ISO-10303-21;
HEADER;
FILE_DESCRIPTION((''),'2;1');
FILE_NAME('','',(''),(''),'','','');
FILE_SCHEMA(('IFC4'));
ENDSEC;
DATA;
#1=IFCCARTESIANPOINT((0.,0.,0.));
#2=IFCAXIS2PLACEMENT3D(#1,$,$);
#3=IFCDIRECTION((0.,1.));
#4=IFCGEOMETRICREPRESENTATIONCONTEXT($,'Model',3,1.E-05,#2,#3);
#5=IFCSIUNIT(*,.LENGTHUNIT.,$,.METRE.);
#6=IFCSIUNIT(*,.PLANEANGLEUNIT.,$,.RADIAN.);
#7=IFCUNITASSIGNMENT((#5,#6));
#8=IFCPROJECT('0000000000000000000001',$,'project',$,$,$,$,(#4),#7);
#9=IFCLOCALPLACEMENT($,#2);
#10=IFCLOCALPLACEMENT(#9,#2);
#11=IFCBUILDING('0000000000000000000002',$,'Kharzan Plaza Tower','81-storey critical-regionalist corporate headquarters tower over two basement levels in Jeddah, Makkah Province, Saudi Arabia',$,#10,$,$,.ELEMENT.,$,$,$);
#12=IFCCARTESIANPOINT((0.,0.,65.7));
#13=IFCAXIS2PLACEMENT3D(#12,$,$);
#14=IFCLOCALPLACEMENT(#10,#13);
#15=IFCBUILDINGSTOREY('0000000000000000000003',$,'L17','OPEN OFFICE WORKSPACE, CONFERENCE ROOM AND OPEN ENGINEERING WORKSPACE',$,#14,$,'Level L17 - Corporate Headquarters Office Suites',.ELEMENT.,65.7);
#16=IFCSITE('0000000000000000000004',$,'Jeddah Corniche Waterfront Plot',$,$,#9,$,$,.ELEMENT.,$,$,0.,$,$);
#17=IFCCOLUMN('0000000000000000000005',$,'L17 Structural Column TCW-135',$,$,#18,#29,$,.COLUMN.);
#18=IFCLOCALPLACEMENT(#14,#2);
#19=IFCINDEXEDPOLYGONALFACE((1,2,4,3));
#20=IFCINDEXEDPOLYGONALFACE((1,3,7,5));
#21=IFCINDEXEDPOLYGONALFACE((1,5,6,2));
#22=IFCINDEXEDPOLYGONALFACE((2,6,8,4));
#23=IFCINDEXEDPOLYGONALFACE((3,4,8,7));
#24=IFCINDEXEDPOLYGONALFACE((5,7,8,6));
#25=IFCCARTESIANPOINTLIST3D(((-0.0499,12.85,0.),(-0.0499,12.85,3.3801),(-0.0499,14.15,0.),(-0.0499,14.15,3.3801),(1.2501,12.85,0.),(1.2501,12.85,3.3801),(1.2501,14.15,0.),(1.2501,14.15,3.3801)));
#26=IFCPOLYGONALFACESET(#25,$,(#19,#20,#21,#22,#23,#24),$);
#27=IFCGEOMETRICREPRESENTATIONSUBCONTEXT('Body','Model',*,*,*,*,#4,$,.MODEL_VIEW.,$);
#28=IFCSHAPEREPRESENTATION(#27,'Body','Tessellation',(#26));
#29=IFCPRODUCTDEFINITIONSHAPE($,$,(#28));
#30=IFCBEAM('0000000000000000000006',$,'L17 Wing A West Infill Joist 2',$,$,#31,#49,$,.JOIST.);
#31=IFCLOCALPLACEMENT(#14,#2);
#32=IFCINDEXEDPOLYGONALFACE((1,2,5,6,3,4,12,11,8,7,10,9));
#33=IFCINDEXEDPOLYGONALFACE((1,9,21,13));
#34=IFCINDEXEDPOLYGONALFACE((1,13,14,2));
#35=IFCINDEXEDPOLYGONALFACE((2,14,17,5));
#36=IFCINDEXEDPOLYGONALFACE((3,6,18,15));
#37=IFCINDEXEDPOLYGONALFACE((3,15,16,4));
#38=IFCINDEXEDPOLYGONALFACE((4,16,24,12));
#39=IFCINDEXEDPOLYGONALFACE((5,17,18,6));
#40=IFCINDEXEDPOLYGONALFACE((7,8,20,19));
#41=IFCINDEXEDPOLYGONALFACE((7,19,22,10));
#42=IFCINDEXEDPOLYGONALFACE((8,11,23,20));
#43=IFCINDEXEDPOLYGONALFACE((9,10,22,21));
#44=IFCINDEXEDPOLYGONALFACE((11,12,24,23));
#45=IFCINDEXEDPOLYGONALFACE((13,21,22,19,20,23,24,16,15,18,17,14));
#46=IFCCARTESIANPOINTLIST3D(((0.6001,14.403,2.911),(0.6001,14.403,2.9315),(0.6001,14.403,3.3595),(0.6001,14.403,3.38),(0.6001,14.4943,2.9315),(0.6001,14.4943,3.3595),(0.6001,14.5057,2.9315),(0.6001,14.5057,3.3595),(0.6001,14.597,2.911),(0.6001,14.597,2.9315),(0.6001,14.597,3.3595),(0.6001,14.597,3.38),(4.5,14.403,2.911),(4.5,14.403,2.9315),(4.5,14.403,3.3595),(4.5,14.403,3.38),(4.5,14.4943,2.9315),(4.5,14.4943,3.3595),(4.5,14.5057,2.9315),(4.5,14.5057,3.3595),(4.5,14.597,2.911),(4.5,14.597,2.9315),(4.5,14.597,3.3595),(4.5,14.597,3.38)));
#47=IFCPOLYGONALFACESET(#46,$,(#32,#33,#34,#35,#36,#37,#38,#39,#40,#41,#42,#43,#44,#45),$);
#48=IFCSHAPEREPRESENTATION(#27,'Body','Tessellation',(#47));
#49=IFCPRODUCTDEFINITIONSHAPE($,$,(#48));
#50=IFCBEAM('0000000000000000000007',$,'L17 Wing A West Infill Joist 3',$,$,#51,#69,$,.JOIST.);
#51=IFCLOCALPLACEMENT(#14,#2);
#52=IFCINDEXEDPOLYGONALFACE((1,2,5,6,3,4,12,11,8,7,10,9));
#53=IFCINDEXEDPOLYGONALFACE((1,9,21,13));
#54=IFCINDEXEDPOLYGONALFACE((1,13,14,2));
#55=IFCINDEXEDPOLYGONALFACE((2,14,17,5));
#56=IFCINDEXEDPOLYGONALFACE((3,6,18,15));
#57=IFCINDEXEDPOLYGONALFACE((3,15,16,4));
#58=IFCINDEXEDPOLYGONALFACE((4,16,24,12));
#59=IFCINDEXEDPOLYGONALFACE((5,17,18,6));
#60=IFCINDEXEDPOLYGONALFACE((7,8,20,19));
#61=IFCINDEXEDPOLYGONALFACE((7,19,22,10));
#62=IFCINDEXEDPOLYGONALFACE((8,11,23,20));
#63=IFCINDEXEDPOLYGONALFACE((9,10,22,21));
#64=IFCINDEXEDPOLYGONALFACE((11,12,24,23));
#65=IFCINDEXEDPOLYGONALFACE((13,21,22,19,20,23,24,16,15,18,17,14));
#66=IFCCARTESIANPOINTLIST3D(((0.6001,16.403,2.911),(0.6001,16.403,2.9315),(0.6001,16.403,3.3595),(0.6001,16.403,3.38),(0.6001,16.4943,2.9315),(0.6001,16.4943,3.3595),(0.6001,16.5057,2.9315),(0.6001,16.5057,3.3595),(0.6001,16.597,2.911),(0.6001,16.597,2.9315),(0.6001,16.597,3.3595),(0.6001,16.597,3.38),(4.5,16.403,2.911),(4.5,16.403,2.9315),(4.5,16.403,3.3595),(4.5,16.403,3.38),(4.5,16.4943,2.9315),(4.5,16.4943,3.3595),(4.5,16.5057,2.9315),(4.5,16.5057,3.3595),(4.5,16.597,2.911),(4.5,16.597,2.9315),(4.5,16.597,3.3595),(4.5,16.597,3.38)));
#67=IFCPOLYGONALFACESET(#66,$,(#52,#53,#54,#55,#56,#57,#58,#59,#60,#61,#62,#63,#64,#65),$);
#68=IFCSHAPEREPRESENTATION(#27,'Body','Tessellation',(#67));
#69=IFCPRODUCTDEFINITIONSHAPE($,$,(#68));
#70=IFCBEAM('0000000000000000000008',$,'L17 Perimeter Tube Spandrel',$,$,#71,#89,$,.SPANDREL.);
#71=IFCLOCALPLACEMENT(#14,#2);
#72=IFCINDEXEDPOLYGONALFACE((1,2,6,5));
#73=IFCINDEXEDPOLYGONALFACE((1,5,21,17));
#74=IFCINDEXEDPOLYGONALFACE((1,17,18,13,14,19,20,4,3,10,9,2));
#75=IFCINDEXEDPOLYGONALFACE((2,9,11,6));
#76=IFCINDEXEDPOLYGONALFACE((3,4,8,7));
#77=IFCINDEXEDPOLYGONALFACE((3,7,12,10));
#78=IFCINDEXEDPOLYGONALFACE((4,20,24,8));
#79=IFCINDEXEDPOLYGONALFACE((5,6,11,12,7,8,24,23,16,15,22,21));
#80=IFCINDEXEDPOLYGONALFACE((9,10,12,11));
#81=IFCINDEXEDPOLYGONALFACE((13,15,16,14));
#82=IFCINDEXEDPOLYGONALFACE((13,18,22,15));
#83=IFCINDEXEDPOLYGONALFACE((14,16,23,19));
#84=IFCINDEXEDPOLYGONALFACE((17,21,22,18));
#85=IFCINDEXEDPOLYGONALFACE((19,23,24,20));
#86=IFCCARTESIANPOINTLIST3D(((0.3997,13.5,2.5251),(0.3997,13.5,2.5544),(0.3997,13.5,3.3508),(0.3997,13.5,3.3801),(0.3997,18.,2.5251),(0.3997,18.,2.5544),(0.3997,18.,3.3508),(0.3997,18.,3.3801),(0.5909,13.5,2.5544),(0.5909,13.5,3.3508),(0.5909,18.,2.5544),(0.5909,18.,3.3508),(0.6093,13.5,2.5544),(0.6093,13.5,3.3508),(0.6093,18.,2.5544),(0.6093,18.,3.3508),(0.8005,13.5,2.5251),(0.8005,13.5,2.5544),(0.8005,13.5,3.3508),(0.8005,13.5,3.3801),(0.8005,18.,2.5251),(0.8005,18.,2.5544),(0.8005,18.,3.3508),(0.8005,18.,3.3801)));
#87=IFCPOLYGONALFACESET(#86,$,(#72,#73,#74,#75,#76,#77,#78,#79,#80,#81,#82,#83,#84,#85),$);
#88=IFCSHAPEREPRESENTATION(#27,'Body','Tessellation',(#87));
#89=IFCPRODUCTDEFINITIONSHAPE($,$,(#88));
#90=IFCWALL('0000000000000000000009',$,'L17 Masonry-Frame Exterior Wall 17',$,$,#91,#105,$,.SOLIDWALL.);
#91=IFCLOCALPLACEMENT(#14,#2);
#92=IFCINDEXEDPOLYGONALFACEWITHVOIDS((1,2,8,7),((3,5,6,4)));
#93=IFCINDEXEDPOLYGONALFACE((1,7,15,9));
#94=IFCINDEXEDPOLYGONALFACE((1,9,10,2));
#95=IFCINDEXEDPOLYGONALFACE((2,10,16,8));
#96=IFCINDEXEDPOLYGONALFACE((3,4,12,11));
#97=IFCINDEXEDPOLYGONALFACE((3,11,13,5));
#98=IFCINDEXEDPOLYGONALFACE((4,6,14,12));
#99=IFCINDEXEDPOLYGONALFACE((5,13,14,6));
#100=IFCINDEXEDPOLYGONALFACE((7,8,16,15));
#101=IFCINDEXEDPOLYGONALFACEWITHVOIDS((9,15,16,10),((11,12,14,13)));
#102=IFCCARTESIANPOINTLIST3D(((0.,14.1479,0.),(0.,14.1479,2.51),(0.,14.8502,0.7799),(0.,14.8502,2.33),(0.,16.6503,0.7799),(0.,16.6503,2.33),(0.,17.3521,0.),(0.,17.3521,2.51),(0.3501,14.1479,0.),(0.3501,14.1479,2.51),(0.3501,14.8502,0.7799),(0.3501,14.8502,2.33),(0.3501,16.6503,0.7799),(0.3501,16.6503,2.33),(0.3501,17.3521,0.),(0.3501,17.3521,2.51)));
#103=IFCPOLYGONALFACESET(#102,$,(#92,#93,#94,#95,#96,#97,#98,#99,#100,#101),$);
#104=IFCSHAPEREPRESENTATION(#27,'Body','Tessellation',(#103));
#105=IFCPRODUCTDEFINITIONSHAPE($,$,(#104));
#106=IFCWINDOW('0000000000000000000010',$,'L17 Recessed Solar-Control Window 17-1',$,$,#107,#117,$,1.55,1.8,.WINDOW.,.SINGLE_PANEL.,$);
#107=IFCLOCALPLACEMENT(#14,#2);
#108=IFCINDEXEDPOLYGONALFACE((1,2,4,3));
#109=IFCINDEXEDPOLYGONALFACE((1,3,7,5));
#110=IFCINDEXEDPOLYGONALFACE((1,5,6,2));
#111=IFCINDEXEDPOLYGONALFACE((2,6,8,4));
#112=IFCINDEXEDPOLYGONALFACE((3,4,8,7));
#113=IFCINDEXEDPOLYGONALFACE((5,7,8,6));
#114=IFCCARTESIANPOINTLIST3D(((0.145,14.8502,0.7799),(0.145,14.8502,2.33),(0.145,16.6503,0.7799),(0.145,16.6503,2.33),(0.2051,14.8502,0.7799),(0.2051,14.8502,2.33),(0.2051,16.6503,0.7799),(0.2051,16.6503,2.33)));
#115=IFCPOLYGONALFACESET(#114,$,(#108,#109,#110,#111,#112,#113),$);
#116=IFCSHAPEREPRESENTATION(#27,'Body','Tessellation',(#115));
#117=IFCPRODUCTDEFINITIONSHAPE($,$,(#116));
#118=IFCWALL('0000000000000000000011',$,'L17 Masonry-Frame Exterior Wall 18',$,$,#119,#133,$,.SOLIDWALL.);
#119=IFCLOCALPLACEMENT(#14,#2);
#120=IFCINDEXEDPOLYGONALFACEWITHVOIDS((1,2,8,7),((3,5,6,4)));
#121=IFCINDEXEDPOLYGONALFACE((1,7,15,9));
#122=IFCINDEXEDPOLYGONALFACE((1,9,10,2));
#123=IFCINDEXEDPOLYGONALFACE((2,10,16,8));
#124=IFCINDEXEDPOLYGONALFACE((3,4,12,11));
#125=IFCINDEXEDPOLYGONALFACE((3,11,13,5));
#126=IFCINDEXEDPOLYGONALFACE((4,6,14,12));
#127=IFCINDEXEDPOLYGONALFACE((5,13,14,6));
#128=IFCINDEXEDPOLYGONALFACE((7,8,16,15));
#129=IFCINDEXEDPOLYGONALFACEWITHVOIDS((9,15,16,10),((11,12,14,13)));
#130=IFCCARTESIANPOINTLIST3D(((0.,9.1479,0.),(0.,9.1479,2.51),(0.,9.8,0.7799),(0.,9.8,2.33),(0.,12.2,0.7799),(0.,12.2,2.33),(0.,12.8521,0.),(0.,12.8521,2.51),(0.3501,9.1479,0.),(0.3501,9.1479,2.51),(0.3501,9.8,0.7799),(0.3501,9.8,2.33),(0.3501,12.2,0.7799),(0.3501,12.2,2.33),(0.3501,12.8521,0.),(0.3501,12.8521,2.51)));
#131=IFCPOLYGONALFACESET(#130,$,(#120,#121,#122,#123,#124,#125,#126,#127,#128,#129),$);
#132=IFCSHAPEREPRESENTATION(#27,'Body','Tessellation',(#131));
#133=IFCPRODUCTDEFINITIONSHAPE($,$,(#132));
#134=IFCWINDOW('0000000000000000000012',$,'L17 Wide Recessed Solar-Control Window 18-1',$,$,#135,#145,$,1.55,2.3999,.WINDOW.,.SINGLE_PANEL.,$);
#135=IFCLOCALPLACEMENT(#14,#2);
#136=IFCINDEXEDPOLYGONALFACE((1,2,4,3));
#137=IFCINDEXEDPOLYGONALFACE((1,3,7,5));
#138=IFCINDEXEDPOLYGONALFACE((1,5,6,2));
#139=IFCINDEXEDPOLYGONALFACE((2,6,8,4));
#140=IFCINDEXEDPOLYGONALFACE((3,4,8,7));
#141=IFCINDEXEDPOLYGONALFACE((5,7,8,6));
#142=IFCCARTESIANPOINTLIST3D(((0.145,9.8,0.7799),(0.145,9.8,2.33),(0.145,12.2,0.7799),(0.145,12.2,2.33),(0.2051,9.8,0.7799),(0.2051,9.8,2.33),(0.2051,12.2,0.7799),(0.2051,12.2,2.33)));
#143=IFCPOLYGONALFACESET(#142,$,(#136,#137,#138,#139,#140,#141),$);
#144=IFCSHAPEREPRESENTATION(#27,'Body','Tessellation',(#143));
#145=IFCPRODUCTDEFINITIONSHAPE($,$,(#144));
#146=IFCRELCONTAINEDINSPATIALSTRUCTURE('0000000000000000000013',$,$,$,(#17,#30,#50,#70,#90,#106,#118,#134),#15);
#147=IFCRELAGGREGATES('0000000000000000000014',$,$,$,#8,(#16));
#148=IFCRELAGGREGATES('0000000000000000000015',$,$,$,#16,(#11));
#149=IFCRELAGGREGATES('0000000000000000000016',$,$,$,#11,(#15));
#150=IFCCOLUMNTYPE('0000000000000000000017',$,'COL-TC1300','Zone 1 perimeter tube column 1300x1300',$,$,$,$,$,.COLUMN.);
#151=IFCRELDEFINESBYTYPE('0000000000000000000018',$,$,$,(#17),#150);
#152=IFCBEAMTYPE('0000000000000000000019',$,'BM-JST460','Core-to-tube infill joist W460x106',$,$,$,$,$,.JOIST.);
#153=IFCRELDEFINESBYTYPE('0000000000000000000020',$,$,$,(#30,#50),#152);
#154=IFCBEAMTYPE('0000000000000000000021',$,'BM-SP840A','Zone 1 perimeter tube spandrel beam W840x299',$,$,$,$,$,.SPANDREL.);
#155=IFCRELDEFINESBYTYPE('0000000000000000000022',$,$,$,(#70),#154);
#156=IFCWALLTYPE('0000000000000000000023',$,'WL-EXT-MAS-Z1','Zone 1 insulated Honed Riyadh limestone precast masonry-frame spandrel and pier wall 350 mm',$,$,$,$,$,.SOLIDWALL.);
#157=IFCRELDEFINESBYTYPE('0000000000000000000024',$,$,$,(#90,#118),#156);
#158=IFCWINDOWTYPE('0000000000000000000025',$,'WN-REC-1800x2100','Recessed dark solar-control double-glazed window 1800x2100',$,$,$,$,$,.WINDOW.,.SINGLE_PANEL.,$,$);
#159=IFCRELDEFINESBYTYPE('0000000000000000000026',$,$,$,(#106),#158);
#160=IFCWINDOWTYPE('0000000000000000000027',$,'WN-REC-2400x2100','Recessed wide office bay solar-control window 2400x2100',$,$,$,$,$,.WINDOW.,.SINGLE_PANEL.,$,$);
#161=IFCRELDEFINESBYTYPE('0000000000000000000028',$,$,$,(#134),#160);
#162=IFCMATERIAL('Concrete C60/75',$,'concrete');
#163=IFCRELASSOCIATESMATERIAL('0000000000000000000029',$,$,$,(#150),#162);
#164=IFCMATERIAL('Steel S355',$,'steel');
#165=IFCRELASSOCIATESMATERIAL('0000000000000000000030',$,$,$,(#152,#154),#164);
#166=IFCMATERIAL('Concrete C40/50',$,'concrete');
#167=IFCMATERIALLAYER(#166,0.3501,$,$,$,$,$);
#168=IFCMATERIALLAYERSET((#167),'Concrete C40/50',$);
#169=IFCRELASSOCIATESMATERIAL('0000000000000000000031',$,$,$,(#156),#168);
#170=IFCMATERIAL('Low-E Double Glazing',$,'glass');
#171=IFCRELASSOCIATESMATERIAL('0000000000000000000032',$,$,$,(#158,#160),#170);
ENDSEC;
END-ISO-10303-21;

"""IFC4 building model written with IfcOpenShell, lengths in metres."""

from ifc_helpers import new_model, si_unit, direction, frame, frame_2d, origin, origin_2d, place, context, subcontext, project, spatial, rectangle, i_section, extrude, source, transform, mapped, material, layer, layer_set, material_profile, profile_set, type_object, element, fill, save


model = new_model("IFC4")

# Units and contexts
model_context = context("Model", 3, precision=1e-05, world=origin(), true_north=direction((0.0, 1.0)))
body_context = subcontext(model_context, "Body", "Model", "MODEL_VIEW")
ifc_project = project(units=[si_unit("LENGTHUNIT", "METRE"), si_unit("PLANEANGLEUNIT", "RADIAN")], contexts=[model_context])

# Site, building, storey
site_placement = place(None, origin())
site = spatial("IfcSite", under=ifc_project, at=site_placement, Name="Jeddah Corniche Waterfront Plot", CompositionType="ELEMENT", RefElevation=0.0)
building_placement = place(site_placement, origin())
building = spatial("IfcBuilding", under=site, at=building_placement, Name="Kharzan Plaza Tower", Description="81-storey critical-regionalist corporate headquarters tower over two basement levels in Jeddah, Makkah Province, Saudi Arabia", CompositionType="ELEMENT")
storey_placement = place(building_placement, frame((0.0, 0.0, 65.7)))
storey = spatial("IfcBuildingStorey", under=building, at=storey_placement, Name="L17", Description="OPEN OFFICE WORKSPACE, CONFERENCE ROOM AND OPEN ENGINEERING WORKSPACE", LongName="Level L17 - Corporate Headquarters Office Suites", CompositionType="ELEMENT", Elevation=65.7)

# Column
ifc_material_1 = material(Name="Concrete C60/75", Category="concrete")
ifc_material_profile_1 = material_profile(ifc_material_1, rectangle(XDim=1.3, YDim=1.3, at=origin_2d()), Name="RC-TC1300x1300")
ifc_profile_set_1 = profile_set([ifc_material_profile_1], Name="Concrete C60/75")
column_type = type_object("IfcColumnType", Name="COL-TC1300", Description="Zone 1 perimeter tube column 1300x1300", PredefinedType="COLUMN", material=ifc_profile_set_1)
shared_shape_1 = source(origin(), body_context, "Body", "SweptSolid", [
    extrude(rectangle(XDim=1.3, YDim=1.3, at=origin_2d()), origin(), (0.0, 0.0, 1.0), 3.3801),
])
column_placement = place(storey_placement, frame((0.6001, 13.5, 0.0), z_axis=(0.0, 0.0, 1.0), x_axis=(1.0, 0.0, 0.0)))
element("IfcColumn", 1, at=column_placement, inside=storey, type_object=column_type, Name="L17 Structural Column TCW-135", PredefinedType="COLUMN", context=body_context, shape_type="MappedRepresentation", body=[
    mapped(shared_shape_1, transform((0.0, 0.0, 0.0), x_axis=(1.0, 0.0, 0.0), y_axis=(0.0, 1.0, 0.0), z_axis=(0.0, 0.0, 1.0))),
])

# Beams
ifc_material_2 = material(Name="Steel S355", Category="steel")
ifc_material_profile_2 = material_profile(ifc_material_2, i_section(OverallWidth=0.1941, OverallDepth=0.469, WebThickness=0.0115, FlangeThickness=0.0205, at=origin_2d()), Name="W460x106")
ifc_profile_set_2 = profile_set([ifc_material_profile_2], Name="Steel S355")
beam_type_1 = type_object("IfcBeamType", Name="BM-JST460", Description="Core-to-tube infill joist W460x106", PredefinedType="JOIST", material=ifc_profile_set_2)
shared_shape_2 = source(origin(), body_context, "Body", "SweptSolid", [
    extrude(i_section(OverallWidth=0.1941, OverallDepth=0.469, WebThickness=0.0115, FlangeThickness=0.0205, at=origin_2d()), origin(), (0.0, 0.0, 1.0), 3.8999),
])
for number, where, z_axis, x_axis, name in (
    (2, (0.6001, 14.5, 3.1455), (1.0, 0.0, 0.0), (0.0, 1.0, 0.0), "L17 Wing A West Infill Joist 2"),
    (3, (0.6001, 16.5, 3.1455), (1.0, 0.0, 0.0), (0.0, 1.0, 0.0), "L17 Wing A West Infill Joist 3"),
):
    element("IfcBeam", number, at=place(storey_placement, frame(where, z_axis=z_axis, x_axis=x_axis)), inside=storey, type_object=beam_type_1, Name=name, PredefinedType="JOIST", context=body_context, shape_type="MappedRepresentation", body=[
        mapped(shared_shape_2, transform((0.0, 0.0, 0.0), x_axis=(1.0, 0.0, 0.0), y_axis=(0.0, 1.0, 0.0), z_axis=(0.0, 0.0, 1.0))),
    ])
ifc_material_profile_3 = material_profile(ifc_material_2, i_section(OverallWidth=0.4009, OverallDepth=0.855, WebThickness=0.0183, FlangeThickness=0.0293, at=origin_2d()), Name="W840x299")
ifc_profile_set_3 = profile_set([ifc_material_profile_3], Name="Steel S355")
beam_type_2 = type_object("IfcBeamType", Name="BM-SP840A", Description="Zone 1 perimeter tube spandrel beam W840x299", PredefinedType="SPANDREL", material=ifc_profile_set_3)
shared_shape_3 = source(origin(), body_context, "Body", "SweptSolid", [
    extrude(i_section(OverallWidth=0.4009, OverallDepth=0.855, WebThickness=0.0183, FlangeThickness=0.0293, at=origin_2d()), origin(), (0.0, 0.0, 1.0), 4.5),
])
beam_placement = place(storey_placement, frame((0.6001, 13.5, 2.9526), z_axis=(0.0, 1.0, 0.0), x_axis=(-1.0, 0.0, 0.0)))
element("IfcBeam", 4, at=beam_placement, inside=storey, type_object=beam_type_2, Name="L17 Perimeter Tube Spandrel", PredefinedType="SPANDREL", context=body_context, shape_type="MappedRepresentation", body=[
    mapped(shared_shape_3, transform((0.0, 0.0, 0.0), x_axis=(1.0, 0.0, 0.0), y_axis=(0.0, 1.0, 0.0), z_axis=(0.0, 0.0, 1.0))),
])

# Walls, openings, windows
ifc_material_3 = material(Name="Concrete C40/50", Category="concrete")
ifc_layer_1 = layer(ifc_material_3, 0.3501)
ifc_layer_set_1 = layer_set([ifc_layer_1], Name="Concrete C40/50")
wall_type_1 = type_object("IfcWallType", Name="WL-EXT-MAS-Z1", Description="Zone 1 insulated Honed Riyadh limestone precast masonry-frame spandrel and pier wall 350 mm", PredefinedType="SOLIDWALL", material=ifc_layer_set_1)
wall_1_placement = place(storey_placement, frame((0.175, 17.3521, 0.0), z_axis=(0.0, 0.0, 1.0), x_axis=(0.0, -1.0, 0.0)))
wall_1 = element("IfcWall", 5, at=wall_1_placement, inside=storey, type_object=wall_type_1, Name="L17 Masonry-Frame Exterior Wall 17", PredefinedType="SOLIDWALL", context=body_context, shape_type="SweptSolid", body=[
    extrude(rectangle(XDim=3.2041, YDim=0.3501, at=frame_2d((1.6021, 0.0))), origin(), (0.0, 0.0, 1.0), 2.51),
])
opening_1_placement = place(wall_1_placement, frame((0.7019, 0.0, 0.78)))
opening_1 = element("IfcOpeningElement", 6, at=opening_1_placement, cuts=wall_1, PredefinedType="OPENING", context=body_context, shape_type="SweptSolid", body=[
    extrude(rectangle(XDim=1.8, YDim=1.55, at=frame_2d((0.8999, 0.7749))), frame((0.0, 0.1851, 0.0), z_axis=(0.0, -1.0, 0.0), x_axis=(1.0, 0.0, 0.0)), (0.0, 0.0, 1.0), 0.3701),
])
ifc_material_4 = material(Name="Low-E Double Glazing", Category="glass")
window_type_1 = type_object("IfcWindowType", Name="WN-REC-1800x2100", Description="Recessed dark solar-control double-glazed window 1800x2100", PartitioningType="SINGLE_PANEL", PredefinedType="WINDOW", material=ifc_material_4)
shared_shape_4 = source(origin(), body_context, "Body", "SweptSolid", [
    extrude(rectangle(XDim=1.8, YDim=1.55, at=frame_2d((0.8999, 0.7749))), frame((0.0, 0.03, 0.0), z_axis=(0.0, -1.0, 0.0), x_axis=(1.0, 0.0, 0.0)), (0.0, 0.0, 1.0), 0.0601),
])
window_1_placement = place(opening_1_placement, origin())
window_1 = element("IfcWindow", 7, at=window_1_placement, inside=storey, type_object=window_type_1, Name="L17 Recessed Solar-Control Window 17-1", OverallHeight=1.55, OverallWidth=1.8, PartitioningType="SINGLE_PANEL", PredefinedType="WINDOW", context=body_context, shape_type="MappedRepresentation", body=[
    mapped(shared_shape_4, transform((0.0, 0.0, 0.0), x_axis=(1.0, 0.0, 0.0), y_axis=(0.0, 1.0, 0.0), z_axis=(0.0, 0.0, 1.0))),
])
fill(opening_1, window_1)
wall_2_placement = place(storey_placement, frame((0.175, 12.8521, 0.0), z_axis=(0.0, 0.0, 1.0), x_axis=(0.0, -1.0, 0.0)))
wall_2 = element("IfcWall", 8, at=wall_2_placement, inside=storey, type_object=wall_type_1, Name="L17 Masonry-Frame Exterior Wall 18", PredefinedType="SOLIDWALL", context=body_context, shape_type="SweptSolid", body=[
    extrude(rectangle(XDim=3.7041, YDim=0.3501, at=frame_2d((1.8521, 0.0))), origin(), (0.0, 0.0, 1.0), 2.51),
])
opening_2_placement = place(wall_2_placement, frame((0.6521, 0.0, 0.78)))
opening_2 = element("IfcOpeningElement", 9, at=opening_2_placement, cuts=wall_2, PredefinedType="OPENING", context=body_context, shape_type="SweptSolid", body=[
    extrude(rectangle(XDim=2.3999, YDim=1.55, at=frame_2d((1.2, 0.7749))), frame((0.0, 0.1851, 0.0), z_axis=(0.0, -1.0, 0.0), x_axis=(1.0, 0.0, 0.0)), (0.0, 0.0, 1.0), 0.3701),
])
window_type_2 = type_object("IfcWindowType", Name="WN-REC-2400x2100", Description="Recessed wide office bay solar-control window 2400x2100", PartitioningType="SINGLE_PANEL", PredefinedType="WINDOW", material=ifc_material_4)
shared_shape_5 = source(origin(), body_context, "Body", "SweptSolid", [
    extrude(rectangle(XDim=2.3999, YDim=1.55, at=frame_2d((1.2, 0.7749))), frame((0.0, 0.03, 0.0), z_axis=(0.0, -1.0, 0.0), x_axis=(1.0, 0.0, 0.0)), (0.0, 0.0, 1.0), 0.0601),
])
window_2_placement = place(opening_2_placement, origin())
window_2 = element("IfcWindow", 10, at=window_2_placement, inside=storey, type_object=window_type_2, Name="L17 Wide Recessed Solar-Control Window 18-1", OverallHeight=1.55, OverallWidth=2.3999, PartitioningType="SINGLE_PANEL", PredefinedType="WINDOW", context=body_context, shape_type="MappedRepresentation", body=[
    mapped(shared_shape_5, transform((0.0, 0.0, 0.0), x_axis=(1.0, 0.0, 0.0), y_axis=(0.0, 1.0, 0.0), z_axis=(0.0, 0.0, 1.0))),
])
fill(opening_2, window_2)

save(model, "model.ifc")
